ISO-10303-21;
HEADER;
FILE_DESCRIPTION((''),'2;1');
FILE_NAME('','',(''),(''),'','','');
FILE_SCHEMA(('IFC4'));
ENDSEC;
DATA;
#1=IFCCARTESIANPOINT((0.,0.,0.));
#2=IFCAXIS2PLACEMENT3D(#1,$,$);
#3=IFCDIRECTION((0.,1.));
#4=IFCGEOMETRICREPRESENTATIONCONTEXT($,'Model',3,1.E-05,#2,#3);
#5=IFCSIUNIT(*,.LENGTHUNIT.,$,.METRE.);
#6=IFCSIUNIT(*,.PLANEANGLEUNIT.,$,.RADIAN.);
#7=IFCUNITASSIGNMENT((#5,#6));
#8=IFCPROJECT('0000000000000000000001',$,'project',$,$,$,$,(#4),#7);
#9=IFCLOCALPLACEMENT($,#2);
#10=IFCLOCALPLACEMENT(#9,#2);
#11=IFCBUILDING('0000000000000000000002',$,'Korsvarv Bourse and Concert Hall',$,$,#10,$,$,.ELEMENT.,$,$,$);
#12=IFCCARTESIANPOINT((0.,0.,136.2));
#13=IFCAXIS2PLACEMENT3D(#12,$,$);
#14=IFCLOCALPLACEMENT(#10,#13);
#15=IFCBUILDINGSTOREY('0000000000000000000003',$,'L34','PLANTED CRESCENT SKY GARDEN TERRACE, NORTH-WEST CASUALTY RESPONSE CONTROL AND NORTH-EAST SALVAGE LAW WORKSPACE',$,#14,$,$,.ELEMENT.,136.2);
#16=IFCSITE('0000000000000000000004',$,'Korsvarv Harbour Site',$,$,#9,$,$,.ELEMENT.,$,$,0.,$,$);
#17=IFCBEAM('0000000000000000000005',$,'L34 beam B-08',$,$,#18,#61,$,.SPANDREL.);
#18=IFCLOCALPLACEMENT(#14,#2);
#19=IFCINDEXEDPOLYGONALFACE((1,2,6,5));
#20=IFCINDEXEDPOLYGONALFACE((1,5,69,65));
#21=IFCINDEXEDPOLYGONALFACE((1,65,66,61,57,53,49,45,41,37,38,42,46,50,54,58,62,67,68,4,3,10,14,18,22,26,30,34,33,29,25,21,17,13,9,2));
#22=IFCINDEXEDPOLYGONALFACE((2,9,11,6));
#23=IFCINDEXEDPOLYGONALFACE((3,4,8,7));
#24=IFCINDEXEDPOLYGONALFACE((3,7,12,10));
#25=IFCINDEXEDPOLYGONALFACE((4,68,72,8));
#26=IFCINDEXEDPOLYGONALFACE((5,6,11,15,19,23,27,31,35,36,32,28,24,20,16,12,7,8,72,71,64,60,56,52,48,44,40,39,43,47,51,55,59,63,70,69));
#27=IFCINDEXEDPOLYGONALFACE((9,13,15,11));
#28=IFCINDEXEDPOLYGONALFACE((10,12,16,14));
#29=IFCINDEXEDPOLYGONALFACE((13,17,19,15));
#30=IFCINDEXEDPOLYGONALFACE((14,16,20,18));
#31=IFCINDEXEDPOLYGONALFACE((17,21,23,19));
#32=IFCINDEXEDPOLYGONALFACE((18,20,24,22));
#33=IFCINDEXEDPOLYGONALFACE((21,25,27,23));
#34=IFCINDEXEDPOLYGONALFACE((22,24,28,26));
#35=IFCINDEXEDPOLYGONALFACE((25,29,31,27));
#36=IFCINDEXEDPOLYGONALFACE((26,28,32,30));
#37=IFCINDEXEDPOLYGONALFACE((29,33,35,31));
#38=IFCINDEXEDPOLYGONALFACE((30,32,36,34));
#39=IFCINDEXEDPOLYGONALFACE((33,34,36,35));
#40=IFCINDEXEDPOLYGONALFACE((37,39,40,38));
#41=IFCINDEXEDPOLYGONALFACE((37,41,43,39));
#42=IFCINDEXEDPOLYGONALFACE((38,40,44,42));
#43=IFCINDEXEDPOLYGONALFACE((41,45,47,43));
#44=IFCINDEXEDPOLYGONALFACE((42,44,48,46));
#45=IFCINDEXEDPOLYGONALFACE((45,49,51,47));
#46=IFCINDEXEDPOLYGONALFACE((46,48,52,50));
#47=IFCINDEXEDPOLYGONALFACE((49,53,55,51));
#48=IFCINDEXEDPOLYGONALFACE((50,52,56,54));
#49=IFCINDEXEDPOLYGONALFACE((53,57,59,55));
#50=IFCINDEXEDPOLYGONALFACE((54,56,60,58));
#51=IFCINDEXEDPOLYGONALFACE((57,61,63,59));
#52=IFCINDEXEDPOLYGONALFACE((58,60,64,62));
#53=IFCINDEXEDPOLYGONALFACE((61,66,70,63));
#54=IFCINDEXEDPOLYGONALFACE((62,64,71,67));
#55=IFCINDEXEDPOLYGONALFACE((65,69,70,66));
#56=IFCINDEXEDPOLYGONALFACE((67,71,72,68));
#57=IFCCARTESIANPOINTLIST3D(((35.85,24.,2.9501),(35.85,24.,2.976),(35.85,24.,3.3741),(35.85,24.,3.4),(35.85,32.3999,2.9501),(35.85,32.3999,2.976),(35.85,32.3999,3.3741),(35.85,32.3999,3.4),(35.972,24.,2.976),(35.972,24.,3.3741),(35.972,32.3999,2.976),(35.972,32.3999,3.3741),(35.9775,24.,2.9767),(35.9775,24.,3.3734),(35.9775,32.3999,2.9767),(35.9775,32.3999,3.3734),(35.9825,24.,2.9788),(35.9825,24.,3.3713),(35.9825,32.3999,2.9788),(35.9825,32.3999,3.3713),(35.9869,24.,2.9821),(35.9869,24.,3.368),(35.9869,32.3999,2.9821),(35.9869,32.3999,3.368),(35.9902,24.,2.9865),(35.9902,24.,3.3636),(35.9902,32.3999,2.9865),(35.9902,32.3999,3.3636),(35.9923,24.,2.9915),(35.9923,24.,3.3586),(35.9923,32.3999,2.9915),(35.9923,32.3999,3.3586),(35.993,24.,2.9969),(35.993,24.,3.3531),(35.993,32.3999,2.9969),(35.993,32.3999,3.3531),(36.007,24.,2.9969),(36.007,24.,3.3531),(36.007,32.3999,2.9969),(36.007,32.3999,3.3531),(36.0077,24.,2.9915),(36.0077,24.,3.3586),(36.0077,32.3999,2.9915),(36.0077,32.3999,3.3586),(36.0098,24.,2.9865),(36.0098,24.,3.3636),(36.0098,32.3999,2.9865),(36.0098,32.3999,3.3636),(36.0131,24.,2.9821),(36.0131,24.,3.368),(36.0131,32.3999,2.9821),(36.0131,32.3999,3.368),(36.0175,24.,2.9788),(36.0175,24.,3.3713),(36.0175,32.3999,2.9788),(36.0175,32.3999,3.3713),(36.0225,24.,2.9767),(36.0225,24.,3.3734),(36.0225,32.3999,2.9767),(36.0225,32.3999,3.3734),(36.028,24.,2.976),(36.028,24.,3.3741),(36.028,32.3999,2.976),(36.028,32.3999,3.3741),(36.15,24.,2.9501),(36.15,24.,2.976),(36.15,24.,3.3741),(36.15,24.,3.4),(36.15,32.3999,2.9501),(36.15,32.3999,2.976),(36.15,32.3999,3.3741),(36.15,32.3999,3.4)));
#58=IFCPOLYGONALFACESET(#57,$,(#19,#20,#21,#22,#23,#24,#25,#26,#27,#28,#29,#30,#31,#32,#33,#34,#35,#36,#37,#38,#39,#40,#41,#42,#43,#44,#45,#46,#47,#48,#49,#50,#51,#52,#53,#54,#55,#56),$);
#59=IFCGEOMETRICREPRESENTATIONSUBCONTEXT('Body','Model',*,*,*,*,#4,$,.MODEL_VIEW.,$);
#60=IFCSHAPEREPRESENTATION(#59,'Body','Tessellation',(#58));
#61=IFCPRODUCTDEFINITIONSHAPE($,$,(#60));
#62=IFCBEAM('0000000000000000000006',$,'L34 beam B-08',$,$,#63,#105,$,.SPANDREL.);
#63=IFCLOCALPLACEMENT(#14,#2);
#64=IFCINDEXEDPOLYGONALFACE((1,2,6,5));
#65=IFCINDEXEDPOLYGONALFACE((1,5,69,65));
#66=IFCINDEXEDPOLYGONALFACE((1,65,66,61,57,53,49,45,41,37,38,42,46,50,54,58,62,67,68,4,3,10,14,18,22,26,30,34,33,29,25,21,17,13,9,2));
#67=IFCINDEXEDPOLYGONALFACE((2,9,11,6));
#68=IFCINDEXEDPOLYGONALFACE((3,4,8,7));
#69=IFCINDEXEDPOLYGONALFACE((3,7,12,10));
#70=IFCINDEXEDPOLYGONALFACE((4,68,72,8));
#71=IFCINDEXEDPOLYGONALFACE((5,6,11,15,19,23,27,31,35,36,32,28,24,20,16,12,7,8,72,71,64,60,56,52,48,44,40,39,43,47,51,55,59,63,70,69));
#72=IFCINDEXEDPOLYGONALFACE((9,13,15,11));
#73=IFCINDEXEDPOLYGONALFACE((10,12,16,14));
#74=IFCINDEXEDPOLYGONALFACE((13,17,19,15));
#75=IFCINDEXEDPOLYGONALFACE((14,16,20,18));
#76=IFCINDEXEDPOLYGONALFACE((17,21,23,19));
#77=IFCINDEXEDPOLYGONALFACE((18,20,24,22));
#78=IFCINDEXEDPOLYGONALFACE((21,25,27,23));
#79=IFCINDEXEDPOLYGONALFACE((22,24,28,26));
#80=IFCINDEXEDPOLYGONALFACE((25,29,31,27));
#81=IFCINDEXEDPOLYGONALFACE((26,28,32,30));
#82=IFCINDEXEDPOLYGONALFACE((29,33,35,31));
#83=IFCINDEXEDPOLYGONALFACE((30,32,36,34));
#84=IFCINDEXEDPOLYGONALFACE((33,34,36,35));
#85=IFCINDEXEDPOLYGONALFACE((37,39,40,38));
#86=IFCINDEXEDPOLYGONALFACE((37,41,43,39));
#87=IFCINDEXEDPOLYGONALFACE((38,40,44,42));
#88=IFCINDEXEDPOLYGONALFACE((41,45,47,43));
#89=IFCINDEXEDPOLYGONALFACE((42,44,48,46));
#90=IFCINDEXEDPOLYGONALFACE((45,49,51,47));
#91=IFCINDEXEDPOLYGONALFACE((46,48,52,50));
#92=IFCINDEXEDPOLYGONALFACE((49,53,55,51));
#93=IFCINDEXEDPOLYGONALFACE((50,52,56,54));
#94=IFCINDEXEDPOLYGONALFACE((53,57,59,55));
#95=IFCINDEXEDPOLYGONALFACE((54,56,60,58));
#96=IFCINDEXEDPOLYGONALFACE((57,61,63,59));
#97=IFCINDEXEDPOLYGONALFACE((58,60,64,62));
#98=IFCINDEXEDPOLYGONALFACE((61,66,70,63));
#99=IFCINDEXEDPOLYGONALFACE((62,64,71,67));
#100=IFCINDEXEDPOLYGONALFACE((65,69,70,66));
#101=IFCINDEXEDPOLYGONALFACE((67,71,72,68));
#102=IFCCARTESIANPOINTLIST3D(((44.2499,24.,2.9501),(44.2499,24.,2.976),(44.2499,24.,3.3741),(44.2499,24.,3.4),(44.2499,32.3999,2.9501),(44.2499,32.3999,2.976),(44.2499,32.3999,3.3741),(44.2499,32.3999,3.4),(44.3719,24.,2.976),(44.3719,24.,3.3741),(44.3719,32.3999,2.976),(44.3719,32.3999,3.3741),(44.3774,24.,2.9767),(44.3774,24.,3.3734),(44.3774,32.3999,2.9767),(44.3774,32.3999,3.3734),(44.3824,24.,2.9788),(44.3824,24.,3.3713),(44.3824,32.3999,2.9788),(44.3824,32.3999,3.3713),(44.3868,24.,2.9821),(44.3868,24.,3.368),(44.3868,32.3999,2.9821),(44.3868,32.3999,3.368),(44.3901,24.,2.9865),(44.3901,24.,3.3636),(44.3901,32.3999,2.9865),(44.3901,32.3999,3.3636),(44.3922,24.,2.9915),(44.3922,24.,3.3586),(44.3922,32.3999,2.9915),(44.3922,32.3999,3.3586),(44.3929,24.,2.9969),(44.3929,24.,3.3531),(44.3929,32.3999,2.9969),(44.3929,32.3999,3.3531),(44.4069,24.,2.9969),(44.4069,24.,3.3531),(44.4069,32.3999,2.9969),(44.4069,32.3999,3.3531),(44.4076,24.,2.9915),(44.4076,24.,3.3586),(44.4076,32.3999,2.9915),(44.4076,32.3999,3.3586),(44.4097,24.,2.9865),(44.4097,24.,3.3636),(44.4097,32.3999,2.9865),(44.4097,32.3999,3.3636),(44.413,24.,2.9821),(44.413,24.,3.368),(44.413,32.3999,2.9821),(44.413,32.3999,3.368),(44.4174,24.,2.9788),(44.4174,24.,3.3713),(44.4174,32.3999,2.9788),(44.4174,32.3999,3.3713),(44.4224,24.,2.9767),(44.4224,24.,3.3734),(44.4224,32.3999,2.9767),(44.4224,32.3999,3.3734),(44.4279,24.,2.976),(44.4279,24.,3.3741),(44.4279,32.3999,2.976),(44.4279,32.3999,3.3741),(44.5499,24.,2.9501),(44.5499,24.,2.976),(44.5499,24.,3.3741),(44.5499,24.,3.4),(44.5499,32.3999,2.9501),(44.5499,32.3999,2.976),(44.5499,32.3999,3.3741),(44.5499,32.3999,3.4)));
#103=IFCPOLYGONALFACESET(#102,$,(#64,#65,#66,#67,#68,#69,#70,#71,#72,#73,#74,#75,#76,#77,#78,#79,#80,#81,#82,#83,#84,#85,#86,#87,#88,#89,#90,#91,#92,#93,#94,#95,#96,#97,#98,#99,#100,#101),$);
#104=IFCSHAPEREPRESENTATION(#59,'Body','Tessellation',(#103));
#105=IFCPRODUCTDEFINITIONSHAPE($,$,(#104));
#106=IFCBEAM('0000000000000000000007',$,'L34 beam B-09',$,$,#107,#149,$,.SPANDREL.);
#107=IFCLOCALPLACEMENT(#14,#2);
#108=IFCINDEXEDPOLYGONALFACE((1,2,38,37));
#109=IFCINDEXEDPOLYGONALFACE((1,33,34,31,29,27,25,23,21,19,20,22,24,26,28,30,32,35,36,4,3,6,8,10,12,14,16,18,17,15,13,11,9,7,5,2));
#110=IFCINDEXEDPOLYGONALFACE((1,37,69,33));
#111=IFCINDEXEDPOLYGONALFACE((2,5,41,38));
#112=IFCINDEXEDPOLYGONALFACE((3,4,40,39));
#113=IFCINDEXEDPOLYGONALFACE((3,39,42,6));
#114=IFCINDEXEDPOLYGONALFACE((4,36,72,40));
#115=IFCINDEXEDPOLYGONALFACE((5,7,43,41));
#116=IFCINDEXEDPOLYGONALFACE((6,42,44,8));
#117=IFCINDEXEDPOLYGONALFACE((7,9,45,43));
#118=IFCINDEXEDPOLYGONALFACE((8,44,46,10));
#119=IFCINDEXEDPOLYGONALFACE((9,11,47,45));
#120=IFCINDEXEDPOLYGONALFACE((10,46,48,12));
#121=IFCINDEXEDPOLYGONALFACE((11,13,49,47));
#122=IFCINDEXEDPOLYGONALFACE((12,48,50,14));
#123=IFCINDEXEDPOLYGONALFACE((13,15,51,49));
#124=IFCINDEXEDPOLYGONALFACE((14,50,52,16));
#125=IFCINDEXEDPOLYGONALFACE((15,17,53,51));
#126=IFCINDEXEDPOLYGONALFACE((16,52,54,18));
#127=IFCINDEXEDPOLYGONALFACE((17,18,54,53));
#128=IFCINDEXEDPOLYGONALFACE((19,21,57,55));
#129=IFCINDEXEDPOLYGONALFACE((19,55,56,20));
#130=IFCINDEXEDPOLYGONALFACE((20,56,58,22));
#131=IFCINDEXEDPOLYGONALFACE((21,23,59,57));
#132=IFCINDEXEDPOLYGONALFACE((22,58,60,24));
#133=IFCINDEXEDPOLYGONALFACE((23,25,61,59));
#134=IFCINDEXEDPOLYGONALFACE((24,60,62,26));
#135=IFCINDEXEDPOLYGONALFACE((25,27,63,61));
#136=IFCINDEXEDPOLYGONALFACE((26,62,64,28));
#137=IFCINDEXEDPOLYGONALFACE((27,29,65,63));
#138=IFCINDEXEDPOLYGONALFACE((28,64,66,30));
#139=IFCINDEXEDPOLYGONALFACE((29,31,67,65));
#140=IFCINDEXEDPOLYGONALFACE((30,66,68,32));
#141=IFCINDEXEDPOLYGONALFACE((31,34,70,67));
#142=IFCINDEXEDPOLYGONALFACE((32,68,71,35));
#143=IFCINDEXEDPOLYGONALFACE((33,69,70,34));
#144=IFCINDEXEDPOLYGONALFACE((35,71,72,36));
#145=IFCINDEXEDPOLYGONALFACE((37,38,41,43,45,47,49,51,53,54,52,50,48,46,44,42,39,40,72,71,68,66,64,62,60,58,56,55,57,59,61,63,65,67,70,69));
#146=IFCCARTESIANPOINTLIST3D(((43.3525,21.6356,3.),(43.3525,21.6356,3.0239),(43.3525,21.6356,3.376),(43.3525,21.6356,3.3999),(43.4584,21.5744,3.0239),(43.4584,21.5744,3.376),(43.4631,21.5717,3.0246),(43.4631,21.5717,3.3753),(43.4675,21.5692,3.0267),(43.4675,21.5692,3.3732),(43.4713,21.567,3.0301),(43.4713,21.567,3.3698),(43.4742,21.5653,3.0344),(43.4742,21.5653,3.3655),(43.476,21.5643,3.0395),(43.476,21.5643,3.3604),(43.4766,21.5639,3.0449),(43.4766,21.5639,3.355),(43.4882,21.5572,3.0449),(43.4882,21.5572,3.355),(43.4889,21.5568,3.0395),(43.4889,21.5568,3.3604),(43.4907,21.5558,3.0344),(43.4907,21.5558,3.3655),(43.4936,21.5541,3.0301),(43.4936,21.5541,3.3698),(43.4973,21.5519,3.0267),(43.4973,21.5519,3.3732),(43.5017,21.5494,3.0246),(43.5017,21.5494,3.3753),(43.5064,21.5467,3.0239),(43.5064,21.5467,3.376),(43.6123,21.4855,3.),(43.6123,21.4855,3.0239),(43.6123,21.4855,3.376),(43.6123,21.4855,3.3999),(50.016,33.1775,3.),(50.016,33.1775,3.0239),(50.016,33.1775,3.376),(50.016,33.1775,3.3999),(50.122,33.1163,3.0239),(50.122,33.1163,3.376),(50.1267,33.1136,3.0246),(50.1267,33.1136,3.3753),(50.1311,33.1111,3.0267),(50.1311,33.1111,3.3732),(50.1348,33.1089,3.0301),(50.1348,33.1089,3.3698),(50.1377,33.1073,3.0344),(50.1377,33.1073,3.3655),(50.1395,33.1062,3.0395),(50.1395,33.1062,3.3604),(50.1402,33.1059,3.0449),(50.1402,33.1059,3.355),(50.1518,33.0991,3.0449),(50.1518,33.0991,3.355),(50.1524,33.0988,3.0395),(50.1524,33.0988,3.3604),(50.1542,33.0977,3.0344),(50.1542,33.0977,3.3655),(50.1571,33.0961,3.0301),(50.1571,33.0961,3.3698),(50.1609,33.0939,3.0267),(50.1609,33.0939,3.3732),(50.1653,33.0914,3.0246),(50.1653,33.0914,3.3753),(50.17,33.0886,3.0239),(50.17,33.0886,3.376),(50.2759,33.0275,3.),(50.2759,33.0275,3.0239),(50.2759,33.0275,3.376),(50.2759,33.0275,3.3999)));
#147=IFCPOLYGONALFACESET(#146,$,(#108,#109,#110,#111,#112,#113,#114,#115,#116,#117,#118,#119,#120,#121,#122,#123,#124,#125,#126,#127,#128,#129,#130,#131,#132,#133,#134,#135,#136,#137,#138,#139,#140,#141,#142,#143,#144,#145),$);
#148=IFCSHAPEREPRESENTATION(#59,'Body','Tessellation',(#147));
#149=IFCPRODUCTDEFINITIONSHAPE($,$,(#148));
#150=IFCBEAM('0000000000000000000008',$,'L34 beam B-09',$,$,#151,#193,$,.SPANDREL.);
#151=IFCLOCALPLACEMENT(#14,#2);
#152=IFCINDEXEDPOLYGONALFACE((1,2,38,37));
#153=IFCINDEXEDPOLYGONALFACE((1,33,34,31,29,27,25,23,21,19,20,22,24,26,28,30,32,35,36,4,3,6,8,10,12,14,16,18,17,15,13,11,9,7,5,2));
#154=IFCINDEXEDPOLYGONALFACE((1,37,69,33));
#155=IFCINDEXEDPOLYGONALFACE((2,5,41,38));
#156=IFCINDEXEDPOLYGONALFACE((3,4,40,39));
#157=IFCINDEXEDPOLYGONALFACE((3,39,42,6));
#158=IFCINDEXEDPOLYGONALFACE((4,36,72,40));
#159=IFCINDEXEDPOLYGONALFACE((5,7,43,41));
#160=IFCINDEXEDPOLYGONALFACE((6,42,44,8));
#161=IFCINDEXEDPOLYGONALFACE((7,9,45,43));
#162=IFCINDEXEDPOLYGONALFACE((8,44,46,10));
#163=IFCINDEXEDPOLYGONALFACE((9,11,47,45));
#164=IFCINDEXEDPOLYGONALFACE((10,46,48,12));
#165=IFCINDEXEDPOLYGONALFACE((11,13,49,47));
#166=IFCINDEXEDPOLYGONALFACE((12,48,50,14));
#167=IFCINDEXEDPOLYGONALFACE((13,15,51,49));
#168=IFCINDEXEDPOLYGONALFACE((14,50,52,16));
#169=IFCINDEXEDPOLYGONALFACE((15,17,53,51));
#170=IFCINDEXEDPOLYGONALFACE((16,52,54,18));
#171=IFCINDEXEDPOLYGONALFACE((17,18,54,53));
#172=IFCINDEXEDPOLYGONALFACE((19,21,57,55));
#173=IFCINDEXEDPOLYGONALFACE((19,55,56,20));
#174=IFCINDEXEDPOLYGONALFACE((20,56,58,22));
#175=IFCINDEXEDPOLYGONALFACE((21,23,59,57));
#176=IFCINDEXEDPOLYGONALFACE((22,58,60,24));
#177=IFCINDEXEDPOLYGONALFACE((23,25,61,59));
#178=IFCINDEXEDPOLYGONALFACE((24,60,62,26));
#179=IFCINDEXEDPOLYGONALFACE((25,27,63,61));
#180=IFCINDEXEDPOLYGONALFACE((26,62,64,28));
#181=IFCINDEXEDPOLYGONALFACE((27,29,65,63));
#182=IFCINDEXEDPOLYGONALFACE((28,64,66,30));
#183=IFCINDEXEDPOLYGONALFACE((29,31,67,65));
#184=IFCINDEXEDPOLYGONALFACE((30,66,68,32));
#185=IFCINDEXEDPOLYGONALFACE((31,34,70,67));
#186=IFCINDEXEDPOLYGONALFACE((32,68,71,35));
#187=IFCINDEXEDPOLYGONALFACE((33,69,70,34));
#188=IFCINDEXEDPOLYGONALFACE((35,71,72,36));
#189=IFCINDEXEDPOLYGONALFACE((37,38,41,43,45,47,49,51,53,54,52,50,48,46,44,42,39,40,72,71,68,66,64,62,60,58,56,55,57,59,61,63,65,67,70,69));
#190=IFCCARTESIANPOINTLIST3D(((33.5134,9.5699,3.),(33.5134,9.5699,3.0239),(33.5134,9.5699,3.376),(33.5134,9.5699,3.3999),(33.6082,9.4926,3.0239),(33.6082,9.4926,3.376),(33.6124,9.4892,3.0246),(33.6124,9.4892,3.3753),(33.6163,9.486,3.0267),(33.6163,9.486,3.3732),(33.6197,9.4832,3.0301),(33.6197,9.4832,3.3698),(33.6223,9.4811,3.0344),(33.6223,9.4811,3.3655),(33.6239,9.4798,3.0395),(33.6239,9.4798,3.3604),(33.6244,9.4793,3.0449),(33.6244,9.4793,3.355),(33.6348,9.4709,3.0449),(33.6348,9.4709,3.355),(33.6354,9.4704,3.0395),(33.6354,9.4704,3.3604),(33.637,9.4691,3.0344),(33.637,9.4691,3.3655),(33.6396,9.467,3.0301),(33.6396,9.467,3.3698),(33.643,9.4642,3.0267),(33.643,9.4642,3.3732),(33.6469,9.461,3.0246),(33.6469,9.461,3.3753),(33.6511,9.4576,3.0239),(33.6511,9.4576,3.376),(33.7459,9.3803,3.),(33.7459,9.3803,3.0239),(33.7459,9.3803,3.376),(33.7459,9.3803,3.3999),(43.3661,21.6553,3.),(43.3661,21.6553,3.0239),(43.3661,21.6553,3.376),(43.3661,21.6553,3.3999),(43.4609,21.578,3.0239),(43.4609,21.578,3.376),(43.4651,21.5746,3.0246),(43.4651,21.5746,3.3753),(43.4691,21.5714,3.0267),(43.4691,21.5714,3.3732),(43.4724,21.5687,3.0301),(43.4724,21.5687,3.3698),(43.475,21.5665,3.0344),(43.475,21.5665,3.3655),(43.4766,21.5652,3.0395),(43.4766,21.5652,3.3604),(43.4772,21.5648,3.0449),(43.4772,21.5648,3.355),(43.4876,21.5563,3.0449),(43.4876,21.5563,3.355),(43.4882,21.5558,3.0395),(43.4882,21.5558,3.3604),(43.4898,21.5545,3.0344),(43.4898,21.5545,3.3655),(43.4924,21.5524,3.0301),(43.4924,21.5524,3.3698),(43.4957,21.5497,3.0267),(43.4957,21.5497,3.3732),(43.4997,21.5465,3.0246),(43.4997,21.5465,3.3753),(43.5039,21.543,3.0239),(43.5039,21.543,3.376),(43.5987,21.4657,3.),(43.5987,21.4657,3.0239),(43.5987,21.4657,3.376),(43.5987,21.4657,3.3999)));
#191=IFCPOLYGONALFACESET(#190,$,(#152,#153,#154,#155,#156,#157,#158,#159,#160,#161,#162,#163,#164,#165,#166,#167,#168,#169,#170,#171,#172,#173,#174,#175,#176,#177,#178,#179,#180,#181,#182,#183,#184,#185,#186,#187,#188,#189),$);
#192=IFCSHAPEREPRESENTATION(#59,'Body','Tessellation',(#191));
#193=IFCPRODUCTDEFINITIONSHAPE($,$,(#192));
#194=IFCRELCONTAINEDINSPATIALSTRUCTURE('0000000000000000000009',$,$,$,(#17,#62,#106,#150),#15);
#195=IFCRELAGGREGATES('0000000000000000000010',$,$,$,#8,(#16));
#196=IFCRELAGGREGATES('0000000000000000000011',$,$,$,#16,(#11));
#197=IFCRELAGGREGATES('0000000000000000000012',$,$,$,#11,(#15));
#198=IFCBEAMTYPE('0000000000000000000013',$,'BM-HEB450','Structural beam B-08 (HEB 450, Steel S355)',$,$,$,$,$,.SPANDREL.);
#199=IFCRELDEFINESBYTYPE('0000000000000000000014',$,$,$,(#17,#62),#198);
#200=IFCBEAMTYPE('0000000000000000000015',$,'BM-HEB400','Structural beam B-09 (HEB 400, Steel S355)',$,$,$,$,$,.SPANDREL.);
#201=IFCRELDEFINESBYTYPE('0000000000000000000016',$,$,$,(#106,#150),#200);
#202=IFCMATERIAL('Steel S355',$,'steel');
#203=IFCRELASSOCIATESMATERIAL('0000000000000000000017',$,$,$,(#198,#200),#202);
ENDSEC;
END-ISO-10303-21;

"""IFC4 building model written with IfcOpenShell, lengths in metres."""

from ifc_helpers import new_model, si_unit, direction, frame, origin, origin_2d, place, context, subcontext, project, spatial, i_section, extrude, source, transform, mapped, material, material_profile, profile_set, type_object, element, save


model = new_model("IFC4")

# Units and contexts
model_context = context("Model", 3, precision=1e-05, world=origin(), true_north=direction((0.0, 1.0)))
body_context = subcontext(model_context, "Body", "Model", "MODEL_VIEW")
ifc_project = project(units=[si_unit("LENGTHUNIT", "METRE"), si_unit("PLANEANGLEUNIT", "RADIAN")], contexts=[model_context])

# Site, building, storey
site_placement = place(None, origin())
site = spatial("IfcSite", under=ifc_project, at=site_placement, Name="Korsvarv Harbour Site", CompositionType="ELEMENT", RefElevation=0.0)
building_placement = place(site_placement, origin())
building = spatial("IfcBuilding", under=site, at=building_placement, Name="Korsvarv Bourse and Concert Hall", CompositionType="ELEMENT")
storey_placement = place(building_placement, frame((0.0, 0.0, 136.2)))
storey = spatial("IfcBuildingStorey", under=building, at=storey_placement, Name="L34", Description="PLANTED CRESCENT SKY GARDEN TERRACE, NORTH-WEST CASUALTY RESPONSE CONTROL AND NORTH-EAST SALVAGE LAW WORKSPACE", CompositionType="ELEMENT", Elevation=136.2)

# Shared definitions
ifc_material_1 = material(Name="Steel S355", Category="steel")

# Beams
ifc_material_profile_1 = material_profile(ifc_material_1, i_section(OverallWidth=0.3, OverallDepth=0.45, WebThickness=0.0139, FlangeThickness=0.0259, FilletRadius=0.021, at=origin_2d()), Name="HEB 450")
ifc_profile_set_1 = profile_set([ifc_material_profile_1], Name="Steel S355")
beam_type_1 = type_object("IfcBeamType", Name="BM-HEB450", Description="Structural beam B-08 (HEB 450, Steel S355)", PredefinedType="SPANDREL", material=ifc_profile_set_1)
shared_shape_1 = source(origin(), body_context, "Body", "SweptSolid", [
    extrude(i_section(OverallWidth=0.3, OverallDepth=0.45, WebThickness=0.0139, FlangeThickness=0.0259, FilletRadius=0.021, at=origin_2d()), origin(), (0.0, 0.0, 1.0), 8.3999),
])
for number, where, z_axis, x_axis, name in (
    (1, (36.0, 24.0, 3.175), (0.0, 1.0, 0.0), (-1.0, 0.0, 0.0), "L34 beam B-08"),
    (2, (44.3999, 24.0, 3.175), (0.0, 1.0, 0.0), (-1.0, 0.0, 0.0), "L34 beam B-08"),
):
    element("IfcBeam", number, at=place(storey_placement, frame(where, z_axis=z_axis, x_axis=x_axis)), inside=storey, type_object=beam_type_1, Name=name, PredefinedType="SPANDREL", context=body_context, shape_type="MappedRepresentation", body=[
        mapped(shared_shape_1, transform((0.0, 0.0, 0.0), scale=1.0)),
    ])
ifc_material_profile_2 = material_profile(ifc_material_1, i_section(OverallWidth=0.3, OverallDepth=0.3999, WebThickness=0.0134, FlangeThickness=0.0239, FilletRadius=0.021, at=origin_2d()), Name="HEB 400")
ifc_profile_set_2 = profile_set([ifc_material_profile_2], Name="Steel S355")
beam_type_2 = type_object("IfcBeamType", Name="BM-HEB400", Description="Structural beam B-09 (HEB 400, Steel S355)", PredefinedType="SPANDREL", material=ifc_profile_set_2)
shared_shape_2 = source(origin(), body_context, "Body", "SweptSolid", [
    extrude(i_section(OverallWidth=0.3, OverallDepth=0.3999, WebThickness=0.0134, FlangeThickness=0.0239, FilletRadius=0.021, at=origin_2d()), origin(), (0.0, 0.0, 1.0), 13.3274),
])
beam_1_placement = place(storey_placement, frame((43.4824, 21.5605, 3.2), z_axis=(0.499989, 0.866032, 0.0), x_axis=(-0.866032, 0.499989, 0.0)))
element("IfcBeam", 3, at=beam_1_placement, inside=storey, type_object=beam_type_2, Name="L34 beam B-09", PredefinedType="SPANDREL", context=body_context, shape_type="MappedRepresentation", body=[
    mapped(shared_shape_2, transform((0.0, 0.0, 0.0), scale=1.0)),
])
shared_shape_3 = source(origin(), body_context, "Body", "SweptSolid", [
    extrude(i_section(OverallWidth=0.3, OverallDepth=0.3999, WebThickness=0.0134, FlangeThickness=0.0239, FilletRadius=0.021, at=origin_2d()), origin(), (0.0, 0.0, 1.0), 15.5928),
])
beam_2_placement = place(storey_placement, frame((33.6296, 9.4751, 3.2), z_axis=(0.63188, 0.775066, 0.0), x_axis=(-0.775066, 0.63188, 0.0)))
element("IfcBeam", 4, at=beam_2_placement, inside=storey, type_object=beam_type_2, Name="L34 beam B-09", PredefinedType="SPANDREL", context=body_context, shape_type="MappedRepresentation", body=[
    mapped(shared_shape_3, transform((0.0, 0.0, 0.0), scale=1.0)),
])

save(model, "model.ifc")
